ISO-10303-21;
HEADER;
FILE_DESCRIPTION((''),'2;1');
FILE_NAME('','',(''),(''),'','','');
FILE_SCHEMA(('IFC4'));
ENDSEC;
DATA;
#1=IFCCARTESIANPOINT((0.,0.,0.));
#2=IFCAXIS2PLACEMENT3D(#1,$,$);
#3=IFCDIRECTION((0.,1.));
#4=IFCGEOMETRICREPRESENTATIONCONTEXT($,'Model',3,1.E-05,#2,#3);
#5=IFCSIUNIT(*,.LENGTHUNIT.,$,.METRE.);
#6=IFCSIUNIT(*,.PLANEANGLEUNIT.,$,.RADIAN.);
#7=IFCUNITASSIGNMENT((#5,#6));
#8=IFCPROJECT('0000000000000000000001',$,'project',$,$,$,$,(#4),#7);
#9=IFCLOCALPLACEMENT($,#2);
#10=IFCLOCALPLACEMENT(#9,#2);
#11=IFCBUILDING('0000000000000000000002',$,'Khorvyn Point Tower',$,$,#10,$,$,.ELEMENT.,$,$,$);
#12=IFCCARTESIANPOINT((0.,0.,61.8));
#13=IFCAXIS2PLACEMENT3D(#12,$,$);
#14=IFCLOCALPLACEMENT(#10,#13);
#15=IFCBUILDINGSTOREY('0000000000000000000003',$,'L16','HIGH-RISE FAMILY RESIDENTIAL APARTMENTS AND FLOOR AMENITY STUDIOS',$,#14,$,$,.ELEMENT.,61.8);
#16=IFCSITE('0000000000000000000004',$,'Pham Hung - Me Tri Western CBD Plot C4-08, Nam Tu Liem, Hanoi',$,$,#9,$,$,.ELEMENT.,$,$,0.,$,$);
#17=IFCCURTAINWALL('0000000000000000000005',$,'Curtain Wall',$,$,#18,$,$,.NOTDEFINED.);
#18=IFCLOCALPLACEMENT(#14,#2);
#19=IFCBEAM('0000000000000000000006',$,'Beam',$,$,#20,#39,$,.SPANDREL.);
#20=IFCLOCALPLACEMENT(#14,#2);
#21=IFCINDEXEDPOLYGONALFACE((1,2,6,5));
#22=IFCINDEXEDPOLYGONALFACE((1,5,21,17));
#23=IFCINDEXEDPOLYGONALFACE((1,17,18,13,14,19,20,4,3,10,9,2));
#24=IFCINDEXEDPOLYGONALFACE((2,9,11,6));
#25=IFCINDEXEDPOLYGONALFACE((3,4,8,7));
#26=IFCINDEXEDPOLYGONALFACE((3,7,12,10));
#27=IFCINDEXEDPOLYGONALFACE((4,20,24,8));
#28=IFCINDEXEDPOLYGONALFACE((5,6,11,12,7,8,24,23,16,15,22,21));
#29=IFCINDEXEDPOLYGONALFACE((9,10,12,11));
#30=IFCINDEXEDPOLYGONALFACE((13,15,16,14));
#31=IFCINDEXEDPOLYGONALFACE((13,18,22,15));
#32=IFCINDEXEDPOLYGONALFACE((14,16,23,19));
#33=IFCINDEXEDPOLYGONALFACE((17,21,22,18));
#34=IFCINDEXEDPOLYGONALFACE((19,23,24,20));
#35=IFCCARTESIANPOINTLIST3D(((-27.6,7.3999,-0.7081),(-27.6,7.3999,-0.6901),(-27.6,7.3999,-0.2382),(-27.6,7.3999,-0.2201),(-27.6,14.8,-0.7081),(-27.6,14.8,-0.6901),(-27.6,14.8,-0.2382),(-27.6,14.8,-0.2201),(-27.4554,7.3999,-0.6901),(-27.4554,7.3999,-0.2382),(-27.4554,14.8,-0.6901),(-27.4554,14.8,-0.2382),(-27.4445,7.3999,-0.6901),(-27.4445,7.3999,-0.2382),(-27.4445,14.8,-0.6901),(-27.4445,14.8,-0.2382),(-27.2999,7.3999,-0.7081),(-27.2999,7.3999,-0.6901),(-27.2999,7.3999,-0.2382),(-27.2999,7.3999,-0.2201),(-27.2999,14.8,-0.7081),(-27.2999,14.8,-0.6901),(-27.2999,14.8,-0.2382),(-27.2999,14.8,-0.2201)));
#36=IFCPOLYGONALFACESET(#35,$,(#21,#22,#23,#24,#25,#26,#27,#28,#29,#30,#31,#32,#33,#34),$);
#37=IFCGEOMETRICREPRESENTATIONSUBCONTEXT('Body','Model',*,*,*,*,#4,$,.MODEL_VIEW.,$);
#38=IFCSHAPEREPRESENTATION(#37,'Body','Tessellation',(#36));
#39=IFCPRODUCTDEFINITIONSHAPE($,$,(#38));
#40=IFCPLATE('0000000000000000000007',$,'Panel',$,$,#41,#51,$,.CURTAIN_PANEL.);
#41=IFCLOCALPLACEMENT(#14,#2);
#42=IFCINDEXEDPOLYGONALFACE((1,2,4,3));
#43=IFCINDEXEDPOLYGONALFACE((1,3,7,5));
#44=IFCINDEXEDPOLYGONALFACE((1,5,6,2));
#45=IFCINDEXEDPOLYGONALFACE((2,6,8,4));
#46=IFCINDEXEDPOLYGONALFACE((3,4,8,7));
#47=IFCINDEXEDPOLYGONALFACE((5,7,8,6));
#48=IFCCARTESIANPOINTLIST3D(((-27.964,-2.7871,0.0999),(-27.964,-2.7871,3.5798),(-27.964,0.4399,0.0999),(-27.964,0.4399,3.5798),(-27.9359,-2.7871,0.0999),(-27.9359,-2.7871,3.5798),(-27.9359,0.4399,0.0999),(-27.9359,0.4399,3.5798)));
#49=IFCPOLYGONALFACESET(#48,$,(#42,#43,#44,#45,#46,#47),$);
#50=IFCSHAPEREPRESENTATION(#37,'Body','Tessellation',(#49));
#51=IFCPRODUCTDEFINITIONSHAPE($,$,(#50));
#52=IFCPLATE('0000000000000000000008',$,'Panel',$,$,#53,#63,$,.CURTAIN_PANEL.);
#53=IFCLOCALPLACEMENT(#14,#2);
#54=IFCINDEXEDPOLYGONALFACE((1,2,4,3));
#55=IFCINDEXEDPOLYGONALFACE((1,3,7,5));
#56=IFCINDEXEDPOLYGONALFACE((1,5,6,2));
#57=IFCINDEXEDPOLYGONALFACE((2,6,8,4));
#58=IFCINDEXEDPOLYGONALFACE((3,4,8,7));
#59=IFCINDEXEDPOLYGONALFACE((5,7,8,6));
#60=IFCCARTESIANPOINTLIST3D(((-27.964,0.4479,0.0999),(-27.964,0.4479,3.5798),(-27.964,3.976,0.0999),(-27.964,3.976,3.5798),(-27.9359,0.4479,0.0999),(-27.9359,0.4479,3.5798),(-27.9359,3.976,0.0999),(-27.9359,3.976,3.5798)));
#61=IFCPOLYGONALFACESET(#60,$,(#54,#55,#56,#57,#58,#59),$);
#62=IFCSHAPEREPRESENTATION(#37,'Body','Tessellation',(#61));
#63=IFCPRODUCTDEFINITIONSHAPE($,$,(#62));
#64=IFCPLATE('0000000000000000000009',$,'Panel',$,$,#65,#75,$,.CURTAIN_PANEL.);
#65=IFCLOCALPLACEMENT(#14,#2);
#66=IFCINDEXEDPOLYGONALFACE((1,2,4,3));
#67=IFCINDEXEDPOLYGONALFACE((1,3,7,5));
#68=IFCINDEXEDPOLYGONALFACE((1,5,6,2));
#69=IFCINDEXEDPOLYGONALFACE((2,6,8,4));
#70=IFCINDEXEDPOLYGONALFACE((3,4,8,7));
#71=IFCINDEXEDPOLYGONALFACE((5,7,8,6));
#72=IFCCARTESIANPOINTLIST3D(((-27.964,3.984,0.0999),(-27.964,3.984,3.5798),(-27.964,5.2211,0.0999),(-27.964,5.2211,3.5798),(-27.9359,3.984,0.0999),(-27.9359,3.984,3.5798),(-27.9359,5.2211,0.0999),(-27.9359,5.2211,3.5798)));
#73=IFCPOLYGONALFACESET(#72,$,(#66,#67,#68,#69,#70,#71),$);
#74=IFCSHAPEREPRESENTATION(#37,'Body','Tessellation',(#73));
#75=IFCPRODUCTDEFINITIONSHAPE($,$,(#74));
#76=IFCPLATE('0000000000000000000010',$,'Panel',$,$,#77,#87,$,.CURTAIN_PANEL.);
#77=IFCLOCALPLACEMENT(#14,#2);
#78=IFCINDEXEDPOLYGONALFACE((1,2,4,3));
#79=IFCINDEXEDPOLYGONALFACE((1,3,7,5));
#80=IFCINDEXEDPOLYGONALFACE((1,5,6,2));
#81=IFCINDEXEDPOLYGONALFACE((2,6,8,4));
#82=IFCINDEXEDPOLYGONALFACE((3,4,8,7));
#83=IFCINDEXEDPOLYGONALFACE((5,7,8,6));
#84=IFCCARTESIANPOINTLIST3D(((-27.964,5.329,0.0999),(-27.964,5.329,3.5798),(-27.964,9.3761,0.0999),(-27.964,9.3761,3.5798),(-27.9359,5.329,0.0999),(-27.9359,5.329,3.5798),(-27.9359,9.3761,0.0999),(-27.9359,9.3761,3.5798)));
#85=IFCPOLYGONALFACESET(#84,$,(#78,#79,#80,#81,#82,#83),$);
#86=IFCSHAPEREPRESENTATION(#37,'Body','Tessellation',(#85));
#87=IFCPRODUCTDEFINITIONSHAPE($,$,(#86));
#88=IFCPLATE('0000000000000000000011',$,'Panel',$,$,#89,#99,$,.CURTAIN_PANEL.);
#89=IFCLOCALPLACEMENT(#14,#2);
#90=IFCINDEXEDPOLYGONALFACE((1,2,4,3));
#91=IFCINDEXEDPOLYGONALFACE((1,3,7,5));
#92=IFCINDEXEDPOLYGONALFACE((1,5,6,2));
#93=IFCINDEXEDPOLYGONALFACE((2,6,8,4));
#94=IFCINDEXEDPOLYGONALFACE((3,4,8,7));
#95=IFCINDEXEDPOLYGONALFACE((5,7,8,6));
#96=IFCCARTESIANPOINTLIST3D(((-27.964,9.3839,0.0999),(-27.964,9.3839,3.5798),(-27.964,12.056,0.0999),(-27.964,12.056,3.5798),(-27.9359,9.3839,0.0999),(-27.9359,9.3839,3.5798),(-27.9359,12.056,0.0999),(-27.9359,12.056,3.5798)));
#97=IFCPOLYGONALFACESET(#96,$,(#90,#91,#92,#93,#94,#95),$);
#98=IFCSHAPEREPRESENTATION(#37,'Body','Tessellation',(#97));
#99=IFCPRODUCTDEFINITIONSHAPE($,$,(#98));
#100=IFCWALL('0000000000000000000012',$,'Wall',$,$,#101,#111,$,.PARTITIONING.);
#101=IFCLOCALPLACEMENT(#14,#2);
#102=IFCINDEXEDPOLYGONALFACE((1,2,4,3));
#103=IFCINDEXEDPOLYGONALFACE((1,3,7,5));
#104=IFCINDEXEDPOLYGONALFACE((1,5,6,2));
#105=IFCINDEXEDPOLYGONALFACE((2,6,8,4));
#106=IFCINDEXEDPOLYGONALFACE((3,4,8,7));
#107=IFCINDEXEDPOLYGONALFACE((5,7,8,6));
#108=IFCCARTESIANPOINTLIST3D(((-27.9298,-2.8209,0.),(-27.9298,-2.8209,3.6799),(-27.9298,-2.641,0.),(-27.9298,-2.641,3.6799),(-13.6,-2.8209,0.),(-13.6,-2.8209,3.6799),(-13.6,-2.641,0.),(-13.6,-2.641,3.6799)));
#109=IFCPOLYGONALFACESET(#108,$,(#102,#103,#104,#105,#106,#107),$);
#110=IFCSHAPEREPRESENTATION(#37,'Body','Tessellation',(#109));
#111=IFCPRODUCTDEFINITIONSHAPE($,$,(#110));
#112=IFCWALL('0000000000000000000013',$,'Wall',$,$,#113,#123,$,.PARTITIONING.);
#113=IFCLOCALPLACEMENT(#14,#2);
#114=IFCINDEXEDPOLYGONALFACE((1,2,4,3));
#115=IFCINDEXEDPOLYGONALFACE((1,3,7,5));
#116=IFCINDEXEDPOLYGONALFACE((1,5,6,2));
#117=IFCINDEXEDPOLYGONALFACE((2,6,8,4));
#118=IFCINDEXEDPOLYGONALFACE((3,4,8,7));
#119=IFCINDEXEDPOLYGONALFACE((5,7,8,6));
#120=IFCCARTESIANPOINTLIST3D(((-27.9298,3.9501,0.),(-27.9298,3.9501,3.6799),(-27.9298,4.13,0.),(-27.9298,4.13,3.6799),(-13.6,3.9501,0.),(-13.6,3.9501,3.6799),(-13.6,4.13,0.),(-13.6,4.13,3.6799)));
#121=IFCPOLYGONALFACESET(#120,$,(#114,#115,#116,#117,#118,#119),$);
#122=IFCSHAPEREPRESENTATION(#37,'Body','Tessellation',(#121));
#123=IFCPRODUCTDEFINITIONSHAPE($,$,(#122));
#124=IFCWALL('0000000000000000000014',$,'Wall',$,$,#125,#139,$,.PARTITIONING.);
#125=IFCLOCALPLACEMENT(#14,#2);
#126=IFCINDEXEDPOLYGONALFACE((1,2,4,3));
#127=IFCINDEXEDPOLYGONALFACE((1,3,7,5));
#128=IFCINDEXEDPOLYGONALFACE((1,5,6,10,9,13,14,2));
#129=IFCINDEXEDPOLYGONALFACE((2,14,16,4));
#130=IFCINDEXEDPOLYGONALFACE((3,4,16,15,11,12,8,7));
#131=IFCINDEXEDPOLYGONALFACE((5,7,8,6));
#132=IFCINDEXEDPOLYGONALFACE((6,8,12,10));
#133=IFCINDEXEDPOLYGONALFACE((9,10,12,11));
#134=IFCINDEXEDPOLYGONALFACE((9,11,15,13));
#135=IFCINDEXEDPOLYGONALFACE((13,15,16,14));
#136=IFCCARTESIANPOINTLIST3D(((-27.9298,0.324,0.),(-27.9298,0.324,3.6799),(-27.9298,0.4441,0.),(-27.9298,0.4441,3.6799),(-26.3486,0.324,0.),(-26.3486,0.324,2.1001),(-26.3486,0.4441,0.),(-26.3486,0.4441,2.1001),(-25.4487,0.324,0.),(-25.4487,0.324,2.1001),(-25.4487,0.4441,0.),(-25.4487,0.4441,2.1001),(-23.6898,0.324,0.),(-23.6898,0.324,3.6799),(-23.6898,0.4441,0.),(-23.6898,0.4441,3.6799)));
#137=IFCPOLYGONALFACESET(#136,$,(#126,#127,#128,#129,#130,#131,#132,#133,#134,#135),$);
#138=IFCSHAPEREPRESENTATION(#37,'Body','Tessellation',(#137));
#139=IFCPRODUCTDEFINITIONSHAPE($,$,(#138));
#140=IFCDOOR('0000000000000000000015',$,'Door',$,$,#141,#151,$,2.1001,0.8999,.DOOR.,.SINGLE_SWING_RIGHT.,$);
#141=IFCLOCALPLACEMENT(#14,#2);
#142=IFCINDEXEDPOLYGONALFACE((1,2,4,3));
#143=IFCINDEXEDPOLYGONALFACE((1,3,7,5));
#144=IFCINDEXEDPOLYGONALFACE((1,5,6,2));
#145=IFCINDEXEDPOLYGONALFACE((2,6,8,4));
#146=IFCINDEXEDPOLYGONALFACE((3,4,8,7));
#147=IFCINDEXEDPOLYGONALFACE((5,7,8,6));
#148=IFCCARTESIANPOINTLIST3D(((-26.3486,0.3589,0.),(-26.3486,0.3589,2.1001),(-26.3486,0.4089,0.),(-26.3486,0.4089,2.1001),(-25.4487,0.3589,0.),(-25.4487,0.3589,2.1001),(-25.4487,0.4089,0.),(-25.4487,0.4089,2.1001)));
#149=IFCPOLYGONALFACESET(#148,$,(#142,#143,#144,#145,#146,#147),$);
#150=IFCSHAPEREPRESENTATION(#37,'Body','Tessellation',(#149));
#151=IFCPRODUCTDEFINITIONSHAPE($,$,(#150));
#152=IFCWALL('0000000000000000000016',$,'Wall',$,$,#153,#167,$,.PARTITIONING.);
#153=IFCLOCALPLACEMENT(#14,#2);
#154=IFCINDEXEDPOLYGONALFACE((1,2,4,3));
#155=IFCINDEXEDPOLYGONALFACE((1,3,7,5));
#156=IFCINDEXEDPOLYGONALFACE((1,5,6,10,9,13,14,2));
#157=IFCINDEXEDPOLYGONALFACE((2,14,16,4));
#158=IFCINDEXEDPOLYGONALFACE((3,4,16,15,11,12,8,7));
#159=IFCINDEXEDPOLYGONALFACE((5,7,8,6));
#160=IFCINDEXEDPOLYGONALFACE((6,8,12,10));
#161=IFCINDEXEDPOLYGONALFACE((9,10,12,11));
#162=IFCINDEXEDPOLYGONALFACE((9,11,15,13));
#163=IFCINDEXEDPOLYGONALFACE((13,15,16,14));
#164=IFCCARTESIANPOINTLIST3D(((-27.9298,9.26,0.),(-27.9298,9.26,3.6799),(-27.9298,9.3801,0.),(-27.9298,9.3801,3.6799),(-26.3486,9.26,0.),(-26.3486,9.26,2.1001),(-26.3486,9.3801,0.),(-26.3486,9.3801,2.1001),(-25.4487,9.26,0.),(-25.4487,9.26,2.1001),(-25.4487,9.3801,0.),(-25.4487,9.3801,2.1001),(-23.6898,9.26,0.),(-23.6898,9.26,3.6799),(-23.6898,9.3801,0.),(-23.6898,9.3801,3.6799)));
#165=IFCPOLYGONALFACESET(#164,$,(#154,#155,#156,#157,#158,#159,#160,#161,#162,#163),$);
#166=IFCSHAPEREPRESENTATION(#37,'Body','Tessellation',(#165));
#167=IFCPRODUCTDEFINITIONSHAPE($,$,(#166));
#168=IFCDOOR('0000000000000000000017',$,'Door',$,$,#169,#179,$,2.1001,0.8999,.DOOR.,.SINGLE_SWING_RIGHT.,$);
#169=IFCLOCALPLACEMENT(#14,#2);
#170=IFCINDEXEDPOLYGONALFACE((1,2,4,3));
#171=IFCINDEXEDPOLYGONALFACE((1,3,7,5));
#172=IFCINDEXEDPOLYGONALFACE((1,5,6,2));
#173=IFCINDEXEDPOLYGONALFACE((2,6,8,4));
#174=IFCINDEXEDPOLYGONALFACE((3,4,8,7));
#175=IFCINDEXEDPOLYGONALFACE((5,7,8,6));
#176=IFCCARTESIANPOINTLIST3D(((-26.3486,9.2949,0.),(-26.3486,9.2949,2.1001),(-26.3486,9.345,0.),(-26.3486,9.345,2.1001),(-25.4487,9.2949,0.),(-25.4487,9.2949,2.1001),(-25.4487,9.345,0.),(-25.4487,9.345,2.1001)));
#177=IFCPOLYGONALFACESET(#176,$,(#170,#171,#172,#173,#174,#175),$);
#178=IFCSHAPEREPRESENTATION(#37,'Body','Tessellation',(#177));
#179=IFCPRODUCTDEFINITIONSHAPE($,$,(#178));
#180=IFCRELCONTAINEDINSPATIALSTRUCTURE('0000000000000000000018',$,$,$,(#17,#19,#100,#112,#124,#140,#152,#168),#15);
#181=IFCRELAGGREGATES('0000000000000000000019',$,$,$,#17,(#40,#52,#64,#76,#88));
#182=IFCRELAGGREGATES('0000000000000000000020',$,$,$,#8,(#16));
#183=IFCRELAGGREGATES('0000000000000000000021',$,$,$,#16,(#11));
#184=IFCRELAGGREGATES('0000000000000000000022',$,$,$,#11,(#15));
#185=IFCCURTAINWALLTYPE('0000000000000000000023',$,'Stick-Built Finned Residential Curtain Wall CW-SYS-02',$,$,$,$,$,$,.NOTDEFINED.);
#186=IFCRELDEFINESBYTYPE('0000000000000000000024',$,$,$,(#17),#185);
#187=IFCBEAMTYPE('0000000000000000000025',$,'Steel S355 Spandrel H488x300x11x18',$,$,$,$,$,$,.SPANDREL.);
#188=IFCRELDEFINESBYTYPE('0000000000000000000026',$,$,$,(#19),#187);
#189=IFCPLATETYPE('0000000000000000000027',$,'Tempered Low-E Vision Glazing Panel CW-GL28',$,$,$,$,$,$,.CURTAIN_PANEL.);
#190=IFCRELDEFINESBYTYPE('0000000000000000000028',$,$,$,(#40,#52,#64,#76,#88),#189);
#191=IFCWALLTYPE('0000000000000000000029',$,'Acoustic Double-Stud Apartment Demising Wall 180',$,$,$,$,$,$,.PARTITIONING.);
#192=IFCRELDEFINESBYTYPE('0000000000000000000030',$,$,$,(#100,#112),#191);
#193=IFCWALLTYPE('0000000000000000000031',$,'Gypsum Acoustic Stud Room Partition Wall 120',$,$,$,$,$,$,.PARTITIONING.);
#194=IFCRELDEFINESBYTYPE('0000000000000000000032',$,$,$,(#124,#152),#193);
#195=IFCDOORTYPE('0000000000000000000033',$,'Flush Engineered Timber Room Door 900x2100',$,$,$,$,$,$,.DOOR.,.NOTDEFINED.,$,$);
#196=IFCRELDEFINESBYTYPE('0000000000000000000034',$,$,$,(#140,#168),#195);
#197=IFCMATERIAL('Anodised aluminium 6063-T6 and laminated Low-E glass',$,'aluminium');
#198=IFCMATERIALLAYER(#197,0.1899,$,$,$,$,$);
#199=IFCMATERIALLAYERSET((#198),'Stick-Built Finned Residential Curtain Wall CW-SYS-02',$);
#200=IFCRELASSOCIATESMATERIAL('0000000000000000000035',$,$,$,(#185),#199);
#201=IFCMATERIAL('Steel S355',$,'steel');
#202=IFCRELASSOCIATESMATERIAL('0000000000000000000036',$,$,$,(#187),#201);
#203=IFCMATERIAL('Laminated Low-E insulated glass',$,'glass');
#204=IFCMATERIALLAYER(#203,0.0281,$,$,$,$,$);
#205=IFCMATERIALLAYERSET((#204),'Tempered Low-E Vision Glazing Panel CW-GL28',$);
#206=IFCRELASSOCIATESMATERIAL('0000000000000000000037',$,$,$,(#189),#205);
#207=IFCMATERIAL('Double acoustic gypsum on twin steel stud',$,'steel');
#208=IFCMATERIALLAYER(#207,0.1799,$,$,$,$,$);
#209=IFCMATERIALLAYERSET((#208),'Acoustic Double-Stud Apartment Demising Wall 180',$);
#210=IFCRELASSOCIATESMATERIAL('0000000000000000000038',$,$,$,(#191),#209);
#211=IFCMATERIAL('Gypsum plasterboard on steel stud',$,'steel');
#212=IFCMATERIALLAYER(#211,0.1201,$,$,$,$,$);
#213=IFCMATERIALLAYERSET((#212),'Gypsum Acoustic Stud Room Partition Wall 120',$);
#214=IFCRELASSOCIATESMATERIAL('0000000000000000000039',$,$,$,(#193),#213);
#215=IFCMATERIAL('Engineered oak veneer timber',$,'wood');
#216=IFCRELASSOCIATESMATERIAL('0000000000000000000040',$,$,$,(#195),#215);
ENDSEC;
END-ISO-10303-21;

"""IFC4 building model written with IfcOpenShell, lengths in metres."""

from ifc_helpers import new_model, si_unit, direction, frame, frame_2d, origin, origin_2d, place, context, subcontext, project, spatial, rectangle, i_section, extrude, material, layer, layer_set, material_profile, profile_set, type_object, element, fill, aggregate, save


model = new_model("IFC4")

# Units and contexts
model_context = context("Model", 3, precision=1e-05, world=origin(), true_north=direction((0.0, 1.0)))
body_context = subcontext(model_context, "Body", "Model", "MODEL_VIEW")
ifc_project = project(units=[si_unit("LENGTHUNIT", "METRE"), si_unit("PLANEANGLEUNIT", "RADIAN")], contexts=[model_context])

# Site, building, storey
site_placement = place(None, origin())
site = spatial("IfcSite", under=ifc_project, at=site_placement, Name="Pham Hung - Me Tri Western CBD Plot C4-08, Nam Tu Liem, Hanoi", CompositionType="ELEMENT", RefElevation=0.0)
building_placement = place(site_placement, origin())
building = spatial("IfcBuilding", under=site, at=building_placement, Name="Khorvyn Point Tower", CompositionType="ELEMENT")
storey_placement = place(building_placement, frame((0.0, 0.0, 61.8)))
storey = spatial("IfcBuildingStorey", under=building, at=storey_placement, Name="L16", Description="HIGH-RISE FAMILY RESIDENTIAL APARTMENTS AND FLOOR AMENITY STUDIOS", CompositionType="ELEMENT", Elevation=61.8)

# Curtain wall
ifc_material_1 = material(Name="Anodised aluminium 6063-T6 and laminated Low-E glass", Category="aluminium")
ifc_layer_1 = layer(ifc_material_1, 0.1899)
ifc_layer_set_1 = layer_set([ifc_layer_1], Name="Stick-Built Finned Residential Curtain Wall CW-SYS-02")
curtain_wall_type = type_object("IfcCurtainWallType", Name="Stick-Built Finned Residential Curtain Wall CW-SYS-02", PredefinedType="NOTDEFINED", material=ifc_layer_set_1)
curtain_wall_placement = place(storey_placement, origin())
curtain_wall = element("IfcCurtainWall", 1, at=curtain_wall_placement, inside=storey, type_object=curtain_wall_type, Name="Curtain Wall", PredefinedType="NOTDEFINED")

# Beam
ifc_material_2 = material(Name="Steel S355", Category="steel")
ifc_material_profile_1 = material_profile(ifc_material_2, i_section(OverallWidth=0.3, OverallDepth=0.488, WebThickness=0.011, FlangeThickness=0.0181, at=origin_2d()))
ifc_profile_set_1 = profile_set([ifc_material_profile_1], Name="Steel S355 H488x300x11x18")
beam_type_1 = type_object("IfcBeamType", Name="Steel S355 Spandrel H488x300x11x18", PredefinedType="SPANDREL", material=ifc_profile_set_1)
beam_1_placement = place(storey_placement, frame((-27.45, 7.3999, -0.4641), z_axis=(0.0, 1.0, 0.0), x_axis=(-1.0, 0.0, 0.0)))
element("IfcBeam", 2, at=beam_1_placement, inside=storey, type_object=beam_type_1, Name="Beam", PredefinedType="SPANDREL", context=body_context, shape_type="SweptSolid", body=[
    extrude(i_section(OverallWidth=0.3, OverallDepth=0.488, WebThickness=0.011, FlangeThickness=0.0181, at=origin_2d()), origin(), (0.0, 0.0, 1.0), 7.4001),
])

# Plates
ifc_material_3 = material(Name="Laminated Low-E insulated glass", Category="glass")
ifc_layer_2 = layer(ifc_material_3, 0.0281)
ifc_layer_set_2 = layer_set([ifc_layer_2], Name="Tempered Low-E Vision Glazing Panel CW-GL28")
plate_type = type_object("IfcPlateType", Name="Tempered Low-E Vision Glazing Panel CW-GL28", PredefinedType="CURTAIN_PANEL", material=ifc_layer_set_2)
plate_1_placement = place(storey_placement, frame((-27.95, -1.1736, 0.0999), z_axis=(0.0, 0.0, 1.0), x_axis=(0.0, 1.0, 0.0)))
plate_1 = element("IfcPlate", 3, at=plate_1_placement, type_object=plate_type, Name="Panel", PredefinedType="CURTAIN_PANEL", context=body_context, shape_type="SweptSolid", body=[
    extrude(rectangle(XDim=3.2271, YDim=0.0281, at=origin_2d()), origin(), (0.0, 0.0, 1.0), 3.48),
])
plate_2_placement = place(storey_placement, frame((-27.95, 2.2119, 0.0999), z_axis=(0.0, 0.0, 1.0), x_axis=(0.0, 1.0, 0.0)))
plate_2 = element("IfcPlate", 4, at=plate_2_placement, type_object=plate_type, Name="Panel", PredefinedType="CURTAIN_PANEL", context=body_context, shape_type="SweptSolid", body=[
    extrude(rectangle(XDim=3.5281, YDim=0.0281, at=origin_2d()), origin(), (0.0, 0.0, 1.0), 3.48),
])
plate_3_placement = place(storey_placement, frame((-27.95, 4.6025, 0.0999), z_axis=(0.0, 0.0, 1.0), x_axis=(0.0, 1.0, 0.0)))
plate_3 = element("IfcPlate", 5, at=plate_3_placement, type_object=plate_type, Name="Panel", PredefinedType="CURTAIN_PANEL", context=body_context, shape_type="SweptSolid", body=[
    extrude(rectangle(XDim=1.2371, YDim=0.0281, at=origin_2d()), origin(), (0.0, 0.0, 1.0), 3.48),
])
plate_4_placement = place(storey_placement, frame((-27.95, 7.3525, 0.0999), z_axis=(0.0, 0.0, 1.0), x_axis=(0.0, 1.0, 0.0)))
plate_4 = element("IfcPlate", 6, at=plate_4_placement, type_object=plate_type, Name="Panel", PredefinedType="CURTAIN_PANEL", context=body_context, shape_type="SweptSolid", body=[
    extrude(rectangle(XDim=4.0471, YDim=0.0281, at=origin_2d()), origin(), (0.0, 0.0, 1.0), 3.48),
])
plate_5_placement = place(storey_placement, frame((-27.95, 10.72, 0.0999), z_axis=(0.0, 0.0, 1.0), x_axis=(0.0, 1.0, 0.0)))
plate_5 = element("IfcPlate", 7, at=plate_5_placement, type_object=plate_type, Name="Panel", PredefinedType="CURTAIN_PANEL", context=body_context, shape_type="SweptSolid", body=[
    extrude(rectangle(XDim=2.6721, YDim=0.0281, at=origin_2d()), origin(), (0.0, 0.0, 1.0), 3.48),
])
aggregate(curtain_wall, [plate_1, plate_2, plate_3, plate_4, plate_5])

# Walls
ifc_material_4 = material(Name="Double acoustic gypsum on twin steel stud", Category="steel")
ifc_layer_3 = layer(ifc_material_4, 0.1799)
ifc_layer_set_3 = layer_set([ifc_layer_3], Name="Acoustic Double-Stud Apartment Demising Wall 180")
wall_type_1 = type_object("IfcWallType", Name="Acoustic Double-Stud Apartment Demising Wall 180", PredefinedType="PARTITIONING", material=ifc_layer_set_3)
for number, where, z_axis, x_axis, name in (
    (8, (-27.9299, -2.731, 0.0), (0.0, 0.0, 1.0), (1.0, 0.0, 0.0), "Wall"),
    (9, (-27.9299, 4.04, 0.0), (0.0, 0.0, 1.0), (1.0, 0.0, 0.0), "Wall"),
):
    element("IfcWall", number, at=place(storey_placement, frame(where, z_axis=z_axis, x_axis=x_axis)), inside=storey, type_object=wall_type_1, Name=name, PredefinedType="PARTITIONING", context=body_context, shape_type="SweptSolid", body=[
        extrude(rectangle(XDim=14.3298, YDim=0.1799, at=frame_2d((7.165, 0.0))), origin(), (0.0, 0.0, 1.0), 3.6799),
    ])

# Walls, openings, doors
ifc_material_5 = material(Name="Gypsum plasterboard on steel stud", Category="steel")
ifc_layer_4 = layer(ifc_material_5, 0.1201)
ifc_layer_set_4 = layer_set([ifc_layer_4], Name="Gypsum Acoustic Stud Room Partition Wall 120")
wall_type_2 = type_object("IfcWallType", Name="Gypsum Acoustic Stud Room Partition Wall 120", PredefinedType="PARTITIONING", material=ifc_layer_set_4)
wall_1_placement = place(storey_placement, frame((-27.9299, 0.384, 0.0), z_axis=(0.0, 0.0, 1.0), x_axis=(1.0, 0.0, 0.0)))
wall_1 = element("IfcWall", 10, at=wall_1_placement, inside=storey, type_object=wall_type_2, Name="Wall", PredefinedType="PARTITIONING", context=body_context, shape_type="SweptSolid", body=[
    extrude(rectangle(XDim=4.24, YDim=0.1201, at=frame_2d((2.1201, 0.0))), origin(), (0.0, 0.0, 1.0), 3.6799),
])
opening_1_placement = place(wall_1_placement, frame((1.5813, 0.0, 0.0)))
opening_1 = element("IfcOpeningElement", 11, at=opening_1_placement, cuts=wall_1, PredefinedType="OPENING", context=body_context, shape_type="SweptSolid", body=[
    extrude(rectangle(XDim=0.8999, YDim=2.1001, at=frame_2d((0.45, 1.05))), frame((0.0, 0.0701, 0.0), z_axis=(0.0, -1.0, 0.0), x_axis=(1.0, 0.0, 0.0)), (0.0, 0.0, 1.0), 0.1401),
])
ifc_material_6 = material(Name="Engineered oak veneer timber", Category="wood")
door_type_1 = type_object("IfcDoorType", Name="Flush Engineered Timber Room Door 900x2100", OperationType="NOTDEFINED", PredefinedType="DOOR", material=ifc_material_6)
door_1_placement = place(opening_1_placement, origin())
door_1 = element("IfcDoor", 12, at=door_1_placement, inside=storey, type_object=door_type_1, Name="Door", OperationType="SINGLE_SWING_RIGHT", OverallHeight=2.1001, OverallWidth=0.8999, PredefinedType="DOOR", context=body_context, shape_type="SweptSolid", body=[
    extrude(rectangle(XDim=0.8999, YDim=2.1001, at=frame_2d((0.45, 1.05))), frame((0.0, 0.0249, 0.0), z_axis=(0.0, -1.0, 0.0), x_axis=(1.0, 0.0, 0.0)), (0.0, 0.0, 1.0), 0.05),
])
fill(opening_1, door_1)
wall_2_placement = place(storey_placement, frame((-27.9299, 9.3201, 0.0), z_axis=(0.0, 0.0, 1.0), x_axis=(1.0, 0.0, 0.0)))
wall_2 = element("IfcWall", 13, at=wall_2_placement, inside=storey, type_object=wall_type_2, Name="Wall", PredefinedType="PARTITIONING", context=body_context, shape_type="SweptSolid", body=[
    extrude(rectangle(XDim=4.24, YDim=0.1201, at=frame_2d((2.1201, 0.0))), origin(), (0.0, 0.0, 1.0), 3.6799),
])
opening_2_placement = place(wall_2_placement, frame((1.5813, 0.0, 0.0)))
opening_2 = element("IfcOpeningElement", 14, at=opening_2_placement, cuts=wall_2, PredefinedType="OPENING", context=body_context, shape_type="SweptSolid", body=[
    extrude(rectangle(XDim=0.8999, YDim=2.1001, at=frame_2d((0.45, 1.05))), frame((0.0, 0.0701, 0.0), z_axis=(0.0, -1.0, 0.0), x_axis=(1.0, 0.0, 0.0)), (0.0, 0.0, 1.0), 0.1401),
])
door_2_placement = place(opening_2_placement, origin())
door_2 = element("IfcDoor", 15, at=door_2_placement, inside=storey, type_object=door_type_1, Name="Door", OperationType="SINGLE_SWING_RIGHT", OverallHeight=2.1001, OverallWidth=0.8999, PredefinedType="DOOR", context=body_context, shape_type="SweptSolid", body=[
    extrude(rectangle(XDim=0.8999, YDim=2.1001, at=frame_2d((0.45, 1.05))), frame((0.0, 0.0249, 0.0), z_axis=(0.0, -1.0, 0.0), x_axis=(1.0, 0.0, 0.0)), (0.0, 0.0, 1.0), 0.05),
])
fill(opening_2, door_2)

save(model, "model.ifc")
